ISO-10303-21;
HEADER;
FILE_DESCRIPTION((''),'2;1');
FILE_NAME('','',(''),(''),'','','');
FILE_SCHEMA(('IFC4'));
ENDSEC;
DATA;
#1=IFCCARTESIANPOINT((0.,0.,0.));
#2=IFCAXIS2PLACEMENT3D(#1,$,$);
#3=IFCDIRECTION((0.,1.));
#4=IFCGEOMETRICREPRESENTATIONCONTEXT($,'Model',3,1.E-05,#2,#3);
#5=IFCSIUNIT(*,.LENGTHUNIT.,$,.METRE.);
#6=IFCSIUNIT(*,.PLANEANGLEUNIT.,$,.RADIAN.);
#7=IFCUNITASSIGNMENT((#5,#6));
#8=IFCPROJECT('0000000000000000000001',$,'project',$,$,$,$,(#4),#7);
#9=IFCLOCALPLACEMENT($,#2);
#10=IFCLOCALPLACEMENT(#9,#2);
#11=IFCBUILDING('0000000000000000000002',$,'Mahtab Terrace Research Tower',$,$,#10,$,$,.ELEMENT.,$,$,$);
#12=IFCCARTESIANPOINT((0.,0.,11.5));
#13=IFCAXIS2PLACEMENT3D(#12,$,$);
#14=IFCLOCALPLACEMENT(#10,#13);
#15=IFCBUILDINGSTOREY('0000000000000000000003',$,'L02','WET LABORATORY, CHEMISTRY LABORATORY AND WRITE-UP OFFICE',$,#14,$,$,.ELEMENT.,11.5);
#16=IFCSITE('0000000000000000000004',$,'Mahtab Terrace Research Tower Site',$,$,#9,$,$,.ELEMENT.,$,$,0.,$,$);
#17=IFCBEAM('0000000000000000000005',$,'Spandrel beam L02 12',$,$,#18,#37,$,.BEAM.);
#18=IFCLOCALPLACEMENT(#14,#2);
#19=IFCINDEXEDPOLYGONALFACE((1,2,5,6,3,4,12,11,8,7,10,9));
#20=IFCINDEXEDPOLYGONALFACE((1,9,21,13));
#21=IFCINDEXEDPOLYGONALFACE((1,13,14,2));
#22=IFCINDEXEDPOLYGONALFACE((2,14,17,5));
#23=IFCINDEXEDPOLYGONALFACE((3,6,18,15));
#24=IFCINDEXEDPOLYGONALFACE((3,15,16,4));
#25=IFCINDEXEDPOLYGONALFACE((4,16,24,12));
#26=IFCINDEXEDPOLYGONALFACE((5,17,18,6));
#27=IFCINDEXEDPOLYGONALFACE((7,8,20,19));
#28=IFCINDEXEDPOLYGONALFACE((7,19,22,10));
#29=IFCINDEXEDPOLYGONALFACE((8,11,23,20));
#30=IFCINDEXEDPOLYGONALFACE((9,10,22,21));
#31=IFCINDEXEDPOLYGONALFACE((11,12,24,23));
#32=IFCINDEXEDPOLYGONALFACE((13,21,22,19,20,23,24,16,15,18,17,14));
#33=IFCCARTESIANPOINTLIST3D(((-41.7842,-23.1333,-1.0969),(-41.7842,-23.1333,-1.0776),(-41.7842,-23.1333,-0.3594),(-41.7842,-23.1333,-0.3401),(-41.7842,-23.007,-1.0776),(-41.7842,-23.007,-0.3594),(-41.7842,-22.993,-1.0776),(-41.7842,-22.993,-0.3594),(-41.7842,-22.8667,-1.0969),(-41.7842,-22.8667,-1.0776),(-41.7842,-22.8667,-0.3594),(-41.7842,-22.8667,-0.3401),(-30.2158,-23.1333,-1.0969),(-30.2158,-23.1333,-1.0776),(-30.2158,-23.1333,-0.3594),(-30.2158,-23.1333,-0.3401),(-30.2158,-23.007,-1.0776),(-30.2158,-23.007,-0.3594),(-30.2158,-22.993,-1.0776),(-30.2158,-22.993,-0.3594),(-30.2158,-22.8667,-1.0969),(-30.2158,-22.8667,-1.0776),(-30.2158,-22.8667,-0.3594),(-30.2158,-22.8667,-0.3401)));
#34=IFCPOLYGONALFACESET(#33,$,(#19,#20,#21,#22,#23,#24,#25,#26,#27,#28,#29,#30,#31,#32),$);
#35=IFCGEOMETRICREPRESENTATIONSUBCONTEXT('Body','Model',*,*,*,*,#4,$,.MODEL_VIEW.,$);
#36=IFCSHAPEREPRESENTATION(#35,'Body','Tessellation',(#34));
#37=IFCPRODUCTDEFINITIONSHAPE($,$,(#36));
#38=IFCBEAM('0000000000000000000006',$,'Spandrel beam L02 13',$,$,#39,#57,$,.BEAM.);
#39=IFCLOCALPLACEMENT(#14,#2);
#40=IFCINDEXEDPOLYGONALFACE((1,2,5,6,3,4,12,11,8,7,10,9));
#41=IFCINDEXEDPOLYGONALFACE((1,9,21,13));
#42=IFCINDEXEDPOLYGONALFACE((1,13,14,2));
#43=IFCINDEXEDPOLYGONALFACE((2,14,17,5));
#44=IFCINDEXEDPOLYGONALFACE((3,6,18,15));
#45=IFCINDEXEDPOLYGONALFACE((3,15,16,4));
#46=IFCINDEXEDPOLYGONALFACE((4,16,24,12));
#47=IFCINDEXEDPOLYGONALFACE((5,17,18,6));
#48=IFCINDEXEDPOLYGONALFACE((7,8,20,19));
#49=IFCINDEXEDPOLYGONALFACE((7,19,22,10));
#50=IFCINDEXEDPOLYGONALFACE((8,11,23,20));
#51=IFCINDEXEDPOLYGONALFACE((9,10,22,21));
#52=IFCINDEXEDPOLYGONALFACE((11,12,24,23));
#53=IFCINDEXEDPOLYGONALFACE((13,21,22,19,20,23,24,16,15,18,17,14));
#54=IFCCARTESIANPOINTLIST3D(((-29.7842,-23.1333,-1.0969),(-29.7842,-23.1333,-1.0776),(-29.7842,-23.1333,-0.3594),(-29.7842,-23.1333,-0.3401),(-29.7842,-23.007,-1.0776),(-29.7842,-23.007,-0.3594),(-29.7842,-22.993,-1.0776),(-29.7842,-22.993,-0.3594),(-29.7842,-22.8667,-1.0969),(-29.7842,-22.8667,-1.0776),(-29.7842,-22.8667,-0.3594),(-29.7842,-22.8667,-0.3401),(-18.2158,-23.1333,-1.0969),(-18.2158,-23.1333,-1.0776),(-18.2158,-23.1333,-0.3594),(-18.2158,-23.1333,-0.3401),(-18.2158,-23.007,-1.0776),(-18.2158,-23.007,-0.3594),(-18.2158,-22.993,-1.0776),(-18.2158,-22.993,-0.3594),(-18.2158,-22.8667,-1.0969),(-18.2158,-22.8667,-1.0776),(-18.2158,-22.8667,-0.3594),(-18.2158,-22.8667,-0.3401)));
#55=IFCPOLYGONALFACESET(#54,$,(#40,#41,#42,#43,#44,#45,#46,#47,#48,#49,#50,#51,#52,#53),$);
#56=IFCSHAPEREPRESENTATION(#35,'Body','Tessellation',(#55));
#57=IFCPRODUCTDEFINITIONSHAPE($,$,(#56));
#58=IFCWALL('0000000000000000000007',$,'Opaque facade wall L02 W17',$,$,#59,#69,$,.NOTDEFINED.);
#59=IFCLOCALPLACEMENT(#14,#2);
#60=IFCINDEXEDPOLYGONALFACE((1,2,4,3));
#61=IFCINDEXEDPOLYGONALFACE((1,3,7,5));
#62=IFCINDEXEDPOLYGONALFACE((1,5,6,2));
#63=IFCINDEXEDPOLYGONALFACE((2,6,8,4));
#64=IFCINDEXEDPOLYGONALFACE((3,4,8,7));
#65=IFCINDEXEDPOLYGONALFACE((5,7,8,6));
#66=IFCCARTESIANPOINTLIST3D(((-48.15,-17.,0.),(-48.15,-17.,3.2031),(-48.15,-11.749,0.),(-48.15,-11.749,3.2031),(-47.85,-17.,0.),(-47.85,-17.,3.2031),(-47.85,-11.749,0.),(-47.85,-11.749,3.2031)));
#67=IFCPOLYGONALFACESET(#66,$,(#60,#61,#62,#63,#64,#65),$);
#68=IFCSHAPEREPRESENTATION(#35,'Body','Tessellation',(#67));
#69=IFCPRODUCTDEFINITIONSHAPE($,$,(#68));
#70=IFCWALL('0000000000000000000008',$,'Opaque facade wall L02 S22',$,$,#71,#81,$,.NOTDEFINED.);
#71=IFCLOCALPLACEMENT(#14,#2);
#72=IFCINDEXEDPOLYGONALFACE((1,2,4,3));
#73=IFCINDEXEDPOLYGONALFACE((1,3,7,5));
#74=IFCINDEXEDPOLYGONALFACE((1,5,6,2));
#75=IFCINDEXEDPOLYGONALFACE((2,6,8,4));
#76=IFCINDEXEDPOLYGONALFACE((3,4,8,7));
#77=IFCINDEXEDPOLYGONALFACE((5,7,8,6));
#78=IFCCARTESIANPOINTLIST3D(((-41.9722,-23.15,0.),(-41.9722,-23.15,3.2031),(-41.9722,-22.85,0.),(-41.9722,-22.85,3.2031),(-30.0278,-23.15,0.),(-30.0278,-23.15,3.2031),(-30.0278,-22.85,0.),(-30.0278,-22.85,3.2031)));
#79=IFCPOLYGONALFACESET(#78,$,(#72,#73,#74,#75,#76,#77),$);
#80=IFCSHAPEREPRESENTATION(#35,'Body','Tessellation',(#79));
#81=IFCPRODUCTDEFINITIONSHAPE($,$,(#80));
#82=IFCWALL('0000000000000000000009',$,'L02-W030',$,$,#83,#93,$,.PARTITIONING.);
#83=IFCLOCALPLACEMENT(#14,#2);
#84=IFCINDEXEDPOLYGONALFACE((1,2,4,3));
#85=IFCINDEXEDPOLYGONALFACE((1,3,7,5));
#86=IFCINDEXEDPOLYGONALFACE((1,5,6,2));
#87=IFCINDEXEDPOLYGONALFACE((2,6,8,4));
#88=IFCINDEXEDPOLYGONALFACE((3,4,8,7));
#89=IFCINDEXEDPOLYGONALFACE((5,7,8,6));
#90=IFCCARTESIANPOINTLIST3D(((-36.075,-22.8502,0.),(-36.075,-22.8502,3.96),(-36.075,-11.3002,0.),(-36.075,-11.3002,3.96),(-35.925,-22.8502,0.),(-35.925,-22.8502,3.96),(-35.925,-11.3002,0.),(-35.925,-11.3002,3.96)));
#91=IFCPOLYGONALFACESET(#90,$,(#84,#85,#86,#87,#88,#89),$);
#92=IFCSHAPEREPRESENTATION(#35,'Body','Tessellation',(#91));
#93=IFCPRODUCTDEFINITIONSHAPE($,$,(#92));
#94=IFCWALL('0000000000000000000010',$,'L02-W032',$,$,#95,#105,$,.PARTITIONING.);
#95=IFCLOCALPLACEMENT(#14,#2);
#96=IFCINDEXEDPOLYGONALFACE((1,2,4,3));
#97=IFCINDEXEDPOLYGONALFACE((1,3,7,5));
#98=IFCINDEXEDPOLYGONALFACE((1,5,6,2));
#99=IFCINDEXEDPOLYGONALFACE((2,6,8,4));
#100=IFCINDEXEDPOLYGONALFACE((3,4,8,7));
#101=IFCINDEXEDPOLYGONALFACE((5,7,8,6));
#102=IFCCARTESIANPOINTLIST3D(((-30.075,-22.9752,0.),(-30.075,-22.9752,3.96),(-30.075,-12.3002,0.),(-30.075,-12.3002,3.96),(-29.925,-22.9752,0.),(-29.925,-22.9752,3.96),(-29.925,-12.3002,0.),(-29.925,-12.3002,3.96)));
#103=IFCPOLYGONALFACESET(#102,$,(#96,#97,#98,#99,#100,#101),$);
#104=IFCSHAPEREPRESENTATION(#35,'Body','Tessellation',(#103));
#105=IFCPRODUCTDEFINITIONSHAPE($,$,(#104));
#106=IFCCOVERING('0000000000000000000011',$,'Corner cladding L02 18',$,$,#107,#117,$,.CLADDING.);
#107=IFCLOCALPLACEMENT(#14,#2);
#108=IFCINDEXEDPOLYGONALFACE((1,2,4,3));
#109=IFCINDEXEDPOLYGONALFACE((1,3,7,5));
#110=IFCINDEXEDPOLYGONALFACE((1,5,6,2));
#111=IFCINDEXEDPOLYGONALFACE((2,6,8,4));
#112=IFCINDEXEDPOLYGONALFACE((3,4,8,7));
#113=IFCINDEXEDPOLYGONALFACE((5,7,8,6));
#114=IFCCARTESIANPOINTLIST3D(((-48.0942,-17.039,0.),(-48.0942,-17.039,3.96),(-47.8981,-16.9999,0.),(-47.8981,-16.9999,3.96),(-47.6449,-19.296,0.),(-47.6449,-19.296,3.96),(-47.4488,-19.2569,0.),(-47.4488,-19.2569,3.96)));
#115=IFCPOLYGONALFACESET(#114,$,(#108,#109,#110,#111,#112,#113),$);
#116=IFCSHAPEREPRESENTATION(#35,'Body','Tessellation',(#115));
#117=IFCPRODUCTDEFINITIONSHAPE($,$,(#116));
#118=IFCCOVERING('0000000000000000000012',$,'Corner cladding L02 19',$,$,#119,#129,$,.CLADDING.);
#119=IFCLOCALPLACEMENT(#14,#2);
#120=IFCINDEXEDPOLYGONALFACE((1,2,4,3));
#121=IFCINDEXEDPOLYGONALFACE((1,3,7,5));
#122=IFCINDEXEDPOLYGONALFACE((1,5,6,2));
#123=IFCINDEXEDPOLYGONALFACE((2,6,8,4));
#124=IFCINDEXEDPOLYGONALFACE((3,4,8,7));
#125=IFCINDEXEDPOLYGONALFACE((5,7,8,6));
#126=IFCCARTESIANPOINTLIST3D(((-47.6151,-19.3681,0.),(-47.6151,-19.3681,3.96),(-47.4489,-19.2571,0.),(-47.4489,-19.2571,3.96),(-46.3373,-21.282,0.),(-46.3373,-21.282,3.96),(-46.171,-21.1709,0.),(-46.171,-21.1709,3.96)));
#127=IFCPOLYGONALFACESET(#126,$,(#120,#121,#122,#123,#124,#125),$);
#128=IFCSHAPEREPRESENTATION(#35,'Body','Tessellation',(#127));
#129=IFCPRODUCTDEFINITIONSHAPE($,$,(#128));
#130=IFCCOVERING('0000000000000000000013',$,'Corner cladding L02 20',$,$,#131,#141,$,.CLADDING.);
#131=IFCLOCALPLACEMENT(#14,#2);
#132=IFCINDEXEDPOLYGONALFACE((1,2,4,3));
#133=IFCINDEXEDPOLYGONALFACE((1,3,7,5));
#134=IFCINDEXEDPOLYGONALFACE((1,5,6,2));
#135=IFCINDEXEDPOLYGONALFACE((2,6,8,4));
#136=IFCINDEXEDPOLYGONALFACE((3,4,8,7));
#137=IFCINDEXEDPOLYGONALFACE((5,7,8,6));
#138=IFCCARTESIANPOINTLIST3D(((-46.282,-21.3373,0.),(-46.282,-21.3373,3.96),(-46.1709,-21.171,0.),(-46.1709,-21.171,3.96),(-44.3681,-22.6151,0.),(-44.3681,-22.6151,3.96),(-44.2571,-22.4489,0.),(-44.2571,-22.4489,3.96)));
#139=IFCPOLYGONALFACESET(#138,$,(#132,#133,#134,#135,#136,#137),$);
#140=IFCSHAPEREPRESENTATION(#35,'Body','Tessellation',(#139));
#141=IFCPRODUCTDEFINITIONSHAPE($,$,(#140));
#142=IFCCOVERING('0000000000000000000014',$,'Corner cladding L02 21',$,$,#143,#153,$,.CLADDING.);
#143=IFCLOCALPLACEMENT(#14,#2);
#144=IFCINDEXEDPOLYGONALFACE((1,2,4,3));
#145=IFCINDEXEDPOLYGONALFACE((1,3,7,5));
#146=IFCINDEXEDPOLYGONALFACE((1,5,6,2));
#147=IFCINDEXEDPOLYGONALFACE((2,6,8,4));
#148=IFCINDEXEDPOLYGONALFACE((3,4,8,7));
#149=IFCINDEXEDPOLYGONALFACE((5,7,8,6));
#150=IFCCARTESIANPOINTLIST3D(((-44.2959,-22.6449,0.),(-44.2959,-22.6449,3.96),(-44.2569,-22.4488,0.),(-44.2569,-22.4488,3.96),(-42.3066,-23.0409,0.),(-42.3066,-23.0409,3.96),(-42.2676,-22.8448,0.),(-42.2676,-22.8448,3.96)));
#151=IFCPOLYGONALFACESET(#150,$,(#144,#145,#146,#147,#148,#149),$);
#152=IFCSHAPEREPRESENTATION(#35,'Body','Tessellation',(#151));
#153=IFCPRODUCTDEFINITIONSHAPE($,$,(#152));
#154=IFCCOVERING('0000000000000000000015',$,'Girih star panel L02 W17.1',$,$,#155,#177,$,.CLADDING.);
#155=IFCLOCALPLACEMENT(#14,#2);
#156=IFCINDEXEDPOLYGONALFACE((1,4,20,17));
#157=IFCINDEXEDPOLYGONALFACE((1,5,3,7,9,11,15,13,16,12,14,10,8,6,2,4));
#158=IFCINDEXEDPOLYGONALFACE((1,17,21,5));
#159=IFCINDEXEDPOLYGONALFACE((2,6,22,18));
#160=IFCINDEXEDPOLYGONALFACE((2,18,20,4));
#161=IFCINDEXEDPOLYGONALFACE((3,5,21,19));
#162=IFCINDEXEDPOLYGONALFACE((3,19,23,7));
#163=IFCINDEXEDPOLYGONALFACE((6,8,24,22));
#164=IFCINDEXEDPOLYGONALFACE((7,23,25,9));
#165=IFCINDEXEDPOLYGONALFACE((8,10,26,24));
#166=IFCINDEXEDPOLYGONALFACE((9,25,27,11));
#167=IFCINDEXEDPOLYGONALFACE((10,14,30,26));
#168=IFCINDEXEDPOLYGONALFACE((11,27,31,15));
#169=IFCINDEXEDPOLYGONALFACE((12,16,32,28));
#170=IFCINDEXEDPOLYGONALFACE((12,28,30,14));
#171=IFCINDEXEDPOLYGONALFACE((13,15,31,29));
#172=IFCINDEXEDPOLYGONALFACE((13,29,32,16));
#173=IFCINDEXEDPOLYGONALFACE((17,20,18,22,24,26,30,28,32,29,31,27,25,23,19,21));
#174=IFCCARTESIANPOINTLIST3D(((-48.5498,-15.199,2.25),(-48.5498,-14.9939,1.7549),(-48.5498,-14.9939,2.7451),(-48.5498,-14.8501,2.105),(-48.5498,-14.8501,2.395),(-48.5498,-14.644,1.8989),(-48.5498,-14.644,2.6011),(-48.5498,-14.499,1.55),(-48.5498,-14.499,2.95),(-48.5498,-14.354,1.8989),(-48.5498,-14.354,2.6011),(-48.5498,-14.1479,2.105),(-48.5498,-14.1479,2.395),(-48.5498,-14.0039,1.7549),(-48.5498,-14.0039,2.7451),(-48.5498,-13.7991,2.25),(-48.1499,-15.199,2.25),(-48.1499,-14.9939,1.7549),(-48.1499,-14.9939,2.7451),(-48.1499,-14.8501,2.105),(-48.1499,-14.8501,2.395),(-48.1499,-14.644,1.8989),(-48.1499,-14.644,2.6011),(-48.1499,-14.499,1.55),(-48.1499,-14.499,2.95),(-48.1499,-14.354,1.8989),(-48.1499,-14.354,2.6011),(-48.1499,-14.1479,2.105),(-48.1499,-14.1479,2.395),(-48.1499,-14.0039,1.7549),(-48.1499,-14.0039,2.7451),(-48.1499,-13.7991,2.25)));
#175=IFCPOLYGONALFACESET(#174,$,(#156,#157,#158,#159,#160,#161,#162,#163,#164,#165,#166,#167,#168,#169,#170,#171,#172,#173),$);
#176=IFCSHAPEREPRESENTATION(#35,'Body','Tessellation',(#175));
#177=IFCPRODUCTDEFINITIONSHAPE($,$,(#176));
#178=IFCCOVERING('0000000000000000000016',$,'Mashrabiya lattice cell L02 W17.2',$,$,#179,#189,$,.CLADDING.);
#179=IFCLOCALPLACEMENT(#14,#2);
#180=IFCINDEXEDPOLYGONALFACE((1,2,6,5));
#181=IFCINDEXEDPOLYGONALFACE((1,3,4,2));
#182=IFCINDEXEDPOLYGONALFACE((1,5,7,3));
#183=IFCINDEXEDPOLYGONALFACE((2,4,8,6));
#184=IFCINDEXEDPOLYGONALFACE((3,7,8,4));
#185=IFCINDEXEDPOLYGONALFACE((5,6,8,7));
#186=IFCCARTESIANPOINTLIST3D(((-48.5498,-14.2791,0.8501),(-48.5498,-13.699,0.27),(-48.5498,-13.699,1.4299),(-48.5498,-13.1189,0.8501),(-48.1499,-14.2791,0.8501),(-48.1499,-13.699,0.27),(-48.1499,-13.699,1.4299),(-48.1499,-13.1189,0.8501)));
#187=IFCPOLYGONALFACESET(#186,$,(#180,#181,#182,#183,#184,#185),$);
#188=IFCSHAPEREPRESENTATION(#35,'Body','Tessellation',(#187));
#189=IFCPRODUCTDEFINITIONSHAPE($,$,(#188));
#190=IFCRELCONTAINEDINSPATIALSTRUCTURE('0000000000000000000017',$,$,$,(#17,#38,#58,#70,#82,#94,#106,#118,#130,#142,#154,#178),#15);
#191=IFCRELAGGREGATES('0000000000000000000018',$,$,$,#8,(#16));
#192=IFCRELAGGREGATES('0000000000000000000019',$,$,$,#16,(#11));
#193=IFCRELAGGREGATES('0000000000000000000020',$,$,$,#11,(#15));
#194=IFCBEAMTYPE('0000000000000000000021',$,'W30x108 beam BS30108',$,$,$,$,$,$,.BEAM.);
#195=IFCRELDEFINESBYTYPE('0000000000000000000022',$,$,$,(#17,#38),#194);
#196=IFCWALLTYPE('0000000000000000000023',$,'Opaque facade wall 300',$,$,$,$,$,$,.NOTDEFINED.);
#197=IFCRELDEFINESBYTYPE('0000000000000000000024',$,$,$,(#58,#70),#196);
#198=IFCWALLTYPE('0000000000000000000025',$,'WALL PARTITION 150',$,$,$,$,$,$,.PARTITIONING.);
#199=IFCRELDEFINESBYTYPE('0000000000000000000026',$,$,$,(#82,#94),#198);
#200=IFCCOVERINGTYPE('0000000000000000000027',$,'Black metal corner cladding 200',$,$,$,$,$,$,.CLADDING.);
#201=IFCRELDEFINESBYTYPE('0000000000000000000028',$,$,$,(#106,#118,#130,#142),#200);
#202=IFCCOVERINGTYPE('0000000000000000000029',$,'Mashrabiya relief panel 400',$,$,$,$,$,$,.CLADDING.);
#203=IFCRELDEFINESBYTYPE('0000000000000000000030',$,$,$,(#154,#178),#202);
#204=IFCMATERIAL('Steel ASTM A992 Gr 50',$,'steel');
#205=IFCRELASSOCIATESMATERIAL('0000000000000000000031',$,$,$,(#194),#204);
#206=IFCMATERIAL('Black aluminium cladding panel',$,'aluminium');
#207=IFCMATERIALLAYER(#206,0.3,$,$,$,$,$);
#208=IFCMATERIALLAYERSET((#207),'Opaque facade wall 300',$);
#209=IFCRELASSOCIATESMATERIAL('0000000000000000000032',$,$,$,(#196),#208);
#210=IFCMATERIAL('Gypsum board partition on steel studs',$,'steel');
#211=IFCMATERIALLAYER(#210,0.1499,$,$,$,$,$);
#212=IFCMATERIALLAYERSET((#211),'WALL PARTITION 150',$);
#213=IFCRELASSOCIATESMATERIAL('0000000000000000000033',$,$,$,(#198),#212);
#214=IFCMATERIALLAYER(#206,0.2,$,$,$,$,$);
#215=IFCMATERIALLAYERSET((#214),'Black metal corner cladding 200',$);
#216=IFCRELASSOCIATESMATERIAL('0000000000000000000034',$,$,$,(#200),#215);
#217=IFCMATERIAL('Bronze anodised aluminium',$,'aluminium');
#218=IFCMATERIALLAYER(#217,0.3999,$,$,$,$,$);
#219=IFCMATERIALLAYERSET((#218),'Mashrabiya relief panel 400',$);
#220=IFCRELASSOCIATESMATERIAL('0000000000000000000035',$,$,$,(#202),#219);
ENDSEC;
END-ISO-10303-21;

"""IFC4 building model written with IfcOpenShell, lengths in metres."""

from ifc_helpers import new_model, si_unit, direction, frame, frame_2d, origin, origin_2d, place, context, subcontext, project, spatial, polyline, rectangle, i_section, outline, extrude, material, layer, layer_set, material_profile, profile_set, type_object, element, save


model = new_model("IFC4")

# Units and contexts
model_context = context("Model", 3, precision=1e-05, world=origin(), true_north=direction((0.0, 1.0)))
body_context = subcontext(model_context, "Body", "Model", "MODEL_VIEW")
ifc_project = project(units=[si_unit("LENGTHUNIT", "METRE"), si_unit("PLANEANGLEUNIT", "RADIAN")], contexts=[model_context])

# Site, building, storey
site_placement = place(None, origin())
site = spatial("IfcSite", under=ifc_project, at=site_placement, Name="Mahtab Terrace Research Tower Site", CompositionType="ELEMENT", RefElevation=0.0)
building_placement = place(site_placement, origin())
building = spatial("IfcBuilding", under=site, at=building_placement, Name="Mahtab Terrace Research Tower", CompositionType="ELEMENT")
storey_placement = place(building_placement, frame((0.0, 0.0, 11.5)))
storey = spatial("IfcBuildingStorey", under=building, at=storey_placement, Name="L02", Description="WET LABORATORY, CHEMISTRY LABORATORY AND WRITE-UP OFFICE", CompositionType="ELEMENT", Elevation=11.5)

# Shared definitions
ifc_material_1 = material(Name="Steel ASTM A992 Gr 50", Category="steel")

# Beams
ifc_material_profile_1 = material_profile(ifc_material_1, i_section(OverallWidth=0.2666, OverallDepth=0.7568, WebThickness=0.0139, FlangeThickness=0.0193, at=origin_2d()), Name="W30X108")
ifc_profile_set_1 = profile_set([ifc_material_profile_1], Name="Steel ASTM A992 Gr 50")
beam_type = type_object("IfcBeamType", Name="W30x108 beam BS30108", PredefinedType="BEAM", material=ifc_profile_set_1)
for number, where, z_axis, x_axis, name in (
    (1, (-41.7842, -23.0, -0.7185), (1.0, 0.0, 0.0), (0.0, 1.0, 0.0), "Spandrel beam L02 12"),
    (2, (-29.7842, -23.0, -0.7185), (1.0, 0.0, 0.0), (0.0, 1.0, 0.0), "Spandrel beam L02 13"),
):
    element("IfcBeam", number, at=place(storey_placement, frame(where, z_axis=z_axis, x_axis=x_axis)), inside=storey, type_object=beam_type, Name=name, PredefinedType="BEAM", context=body_context, shape_type="SweptSolid", body=[
        extrude(i_section(OverallWidth=0.2666, OverallDepth=0.7568, WebThickness=0.0139, FlangeThickness=0.0193, at=origin_2d()), origin(), (0.0, 0.0, 1.0), 11.5684),
    ])

# Walls
ifc_material_2 = material(Name="Black aluminium cladding panel", Category="aluminium")
ifc_layer_1 = layer(ifc_material_2, 0.3)
ifc_layer_set_1 = layer_set([ifc_layer_1], Name="Opaque facade wall 300")
wall_type_1 = type_object("IfcWallType", Name="Opaque facade wall 300", PredefinedType="NOTDEFINED", material=ifc_layer_set_1)
wall_1_placement = place(storey_placement, frame((-48.0, -11.749, 0.0), z_axis=(0.0, 0.0, 1.0), x_axis=(0.0, -1.0, 0.0)))
element("IfcWall", 3, at=wall_1_placement, inside=storey, type_object=wall_type_1, Name="Opaque facade wall L02 W17", PredefinedType="NOTDEFINED", context=body_context, shape_type="SweptSolid", body=[
    extrude(rectangle(XDim=5.251, YDim=0.3, at=frame_2d((2.6255, 0.0))), origin(), (0.0, 0.0, 1.0), 3.2031),
])
wall_2_placement = place(storey_placement, frame((-41.9722, -23.0, 0.0), z_axis=(0.0, 0.0, 1.0), x_axis=(1.0, 0.0, 0.0)))
element("IfcWall", 4, at=wall_2_placement, inside=storey, type_object=wall_type_1, Name="Opaque facade wall L02 S22", PredefinedType="NOTDEFINED", context=body_context, shape_type="SweptSolid", body=[
    extrude(rectangle(XDim=11.9443, YDim=0.3, at=frame_2d((5.9722, 0.0))), origin(), (0.0, 0.0, 1.0), 3.2031),
])
ifc_material_3 = material(Name="Gypsum board partition on steel studs", Category="steel")
ifc_layer_2 = layer(ifc_material_3, 0.1499)
ifc_layer_set_2 = layer_set([ifc_layer_2], Name="WALL PARTITION 150")
wall_type_2 = type_object("IfcWallType", Name="WALL PARTITION 150", PredefinedType="PARTITIONING", material=ifc_layer_set_2)
wall_3_placement = place(storey_placement, frame((-36.0, -22.8501, 0.0), z_axis=(0.0, 0.0, 1.0), x_axis=(0.0, 1.0, 0.0)))
element("IfcWall", 5, at=wall_3_placement, inside=storey, type_object=wall_type_2, Name="L02-W030", PredefinedType="PARTITIONING", context=body_context, shape_type="SweptSolid", body=[
    extrude(rectangle(XDim=11.55, YDim=0.1499, at=frame_2d((5.7749, 0.0))), origin(), (0.0, 0.0, 1.0), 3.96),
])
wall_4_placement = place(storey_placement, frame((-30.0, -22.9751, 0.0), z_axis=(0.0, 0.0, 1.0), x_axis=(0.0, 1.0, 0.0)))
element("IfcWall", 6, at=wall_4_placement, inside=storey, type_object=wall_type_2, Name="L02-W032", PredefinedType="PARTITIONING", context=body_context, shape_type="SweptSolid", body=[
    extrude(rectangle(XDim=10.675, YDim=0.1499, at=frame_2d((5.3374, 0.0))), origin(), (0.0, 0.0, 1.0), 3.96),
])

# Coverings
ifc_layer_3 = layer(ifc_material_2, 0.2)
ifc_layer_set_3 = layer_set([ifc_layer_3], Name="Black metal corner cladding 200")
covering_type_1 = type_object("IfcCoveringType", Name="Black metal corner cladding 200", PredefinedType="CLADDING", material=ifc_layer_set_3)
for number, where, z_axis, x_axis, name in (
    (7, (-47.7715, -18.1479, 0.0), (0.0, 0.0, 1.0), (0.195212, -0.980761, 0.0), "Corner cladding L02 18"),
    (8, (-46.8931, -20.2695, 0.0), (0.0, 0.0, 1.0), (0.555291, -0.831656, 0.0), "Corner cladding L02 19"),
    (9, (-45.2695, -21.8931, 0.0), (0.0, 0.0, 1.0), (0.831656, -0.555291, 0.0), "Corner cladding L02 20"),
):
    element("IfcCovering", number, at=place(storey_placement, frame(where, z_axis=z_axis, x_axis=x_axis)), inside=storey, type_object=covering_type_1, Name=name, PredefinedType="CLADDING", context=body_context, shape_type="SweptSolid", body=[
        extrude(rectangle(XDim=2.3013, YDim=0.2, at=origin_2d()), origin(), (0.0, 0.0, 1.0), 3.96),
    ])
covering_1_placement = place(storey_placement, frame((-43.2817, -22.7449, 0.0), z_axis=(0.0, 0.0, 1.0), x_axis=(0.980761, -0.195212, 0.0)))
element("IfcCovering", 10, at=covering_1_placement, inside=storey, type_object=covering_type_1, Name="Corner cladding L02 21", PredefinedType="CLADDING", context=body_context, shape_type="SweptSolid", body=[
    extrude(rectangle(XDim=2.0283, YDim=0.2, at=origin_2d()), origin(), (0.0, 0.0, 1.0), 3.96),
])
ifc_material_4 = material(Name="Bronze anodised aluminium", Category="aluminium")
ifc_layer_4 = layer(ifc_material_4, 0.3999)
ifc_layer_set_4 = layer_set([ifc_layer_4], Name="Mashrabiya relief panel 400")
covering_type_2 = type_object("IfcCoveringType", Name="Mashrabiya relief panel 400", PredefinedType="CLADDING", material=ifc_layer_set_4)
covering_2_placement = place(storey_placement, frame((-48.1499, -14.644, 2.6011), z_axis=(1.0, 0.0, 0.0), x_axis=(0.0, -0.924691, 0.380717)))
element("IfcCovering", 11, at=covering_2_placement, inside=storey, type_object=covering_type_2, Name="Girih star panel L02 W17.1", PredefinedType="CLADDING", context=body_context, shape_type="SweptSolid", body=[
    extrude(outline(polyline([(0.0, 0.0), (0.3783, 0.0), (0.1121, 0.269), (0.3795, 0.5359), (0.0017, 0.5372), (0.0013, 0.9157), (-0.2673, 0.6493), (-0.5342, 0.9167), (-0.5355, 0.5388), (-0.9141, 0.5388), (-0.6476, 0.2699), (-0.915, 0.0029), (-0.5372, 0.0017), (-0.5371, -0.3769), (-0.2682, -0.1104), (-0.0013, -0.3778), (0.0, 0.0)])), origin(), (0.0, 0.0, -1.0), 0.3999),
])
covering_3_placement = place(storey_placement, frame((-48.1499, -13.699, 1.4299), z_axis=(1.0, 0.0, 0.0), x_axis=(0.0, -0.707256, -0.706958)))
element("IfcCovering", 12, at=covering_3_placement, inside=storey, type_object=covering_type_2, Name="Mashrabiya lattice cell L02 W17.2", PredefinedType="CLADDING", context=body_context, shape_type="SweptSolid", body=[
    extrude(outline(polyline([(0.0, 0.0), (0.8202, 0.0), (0.82, 0.8204), (-0.0003, 0.8202), (0.0, 0.0)])), origin(), (0.0, 0.0, -1.0), 0.3999),
])

save(model, "model.ifc")
